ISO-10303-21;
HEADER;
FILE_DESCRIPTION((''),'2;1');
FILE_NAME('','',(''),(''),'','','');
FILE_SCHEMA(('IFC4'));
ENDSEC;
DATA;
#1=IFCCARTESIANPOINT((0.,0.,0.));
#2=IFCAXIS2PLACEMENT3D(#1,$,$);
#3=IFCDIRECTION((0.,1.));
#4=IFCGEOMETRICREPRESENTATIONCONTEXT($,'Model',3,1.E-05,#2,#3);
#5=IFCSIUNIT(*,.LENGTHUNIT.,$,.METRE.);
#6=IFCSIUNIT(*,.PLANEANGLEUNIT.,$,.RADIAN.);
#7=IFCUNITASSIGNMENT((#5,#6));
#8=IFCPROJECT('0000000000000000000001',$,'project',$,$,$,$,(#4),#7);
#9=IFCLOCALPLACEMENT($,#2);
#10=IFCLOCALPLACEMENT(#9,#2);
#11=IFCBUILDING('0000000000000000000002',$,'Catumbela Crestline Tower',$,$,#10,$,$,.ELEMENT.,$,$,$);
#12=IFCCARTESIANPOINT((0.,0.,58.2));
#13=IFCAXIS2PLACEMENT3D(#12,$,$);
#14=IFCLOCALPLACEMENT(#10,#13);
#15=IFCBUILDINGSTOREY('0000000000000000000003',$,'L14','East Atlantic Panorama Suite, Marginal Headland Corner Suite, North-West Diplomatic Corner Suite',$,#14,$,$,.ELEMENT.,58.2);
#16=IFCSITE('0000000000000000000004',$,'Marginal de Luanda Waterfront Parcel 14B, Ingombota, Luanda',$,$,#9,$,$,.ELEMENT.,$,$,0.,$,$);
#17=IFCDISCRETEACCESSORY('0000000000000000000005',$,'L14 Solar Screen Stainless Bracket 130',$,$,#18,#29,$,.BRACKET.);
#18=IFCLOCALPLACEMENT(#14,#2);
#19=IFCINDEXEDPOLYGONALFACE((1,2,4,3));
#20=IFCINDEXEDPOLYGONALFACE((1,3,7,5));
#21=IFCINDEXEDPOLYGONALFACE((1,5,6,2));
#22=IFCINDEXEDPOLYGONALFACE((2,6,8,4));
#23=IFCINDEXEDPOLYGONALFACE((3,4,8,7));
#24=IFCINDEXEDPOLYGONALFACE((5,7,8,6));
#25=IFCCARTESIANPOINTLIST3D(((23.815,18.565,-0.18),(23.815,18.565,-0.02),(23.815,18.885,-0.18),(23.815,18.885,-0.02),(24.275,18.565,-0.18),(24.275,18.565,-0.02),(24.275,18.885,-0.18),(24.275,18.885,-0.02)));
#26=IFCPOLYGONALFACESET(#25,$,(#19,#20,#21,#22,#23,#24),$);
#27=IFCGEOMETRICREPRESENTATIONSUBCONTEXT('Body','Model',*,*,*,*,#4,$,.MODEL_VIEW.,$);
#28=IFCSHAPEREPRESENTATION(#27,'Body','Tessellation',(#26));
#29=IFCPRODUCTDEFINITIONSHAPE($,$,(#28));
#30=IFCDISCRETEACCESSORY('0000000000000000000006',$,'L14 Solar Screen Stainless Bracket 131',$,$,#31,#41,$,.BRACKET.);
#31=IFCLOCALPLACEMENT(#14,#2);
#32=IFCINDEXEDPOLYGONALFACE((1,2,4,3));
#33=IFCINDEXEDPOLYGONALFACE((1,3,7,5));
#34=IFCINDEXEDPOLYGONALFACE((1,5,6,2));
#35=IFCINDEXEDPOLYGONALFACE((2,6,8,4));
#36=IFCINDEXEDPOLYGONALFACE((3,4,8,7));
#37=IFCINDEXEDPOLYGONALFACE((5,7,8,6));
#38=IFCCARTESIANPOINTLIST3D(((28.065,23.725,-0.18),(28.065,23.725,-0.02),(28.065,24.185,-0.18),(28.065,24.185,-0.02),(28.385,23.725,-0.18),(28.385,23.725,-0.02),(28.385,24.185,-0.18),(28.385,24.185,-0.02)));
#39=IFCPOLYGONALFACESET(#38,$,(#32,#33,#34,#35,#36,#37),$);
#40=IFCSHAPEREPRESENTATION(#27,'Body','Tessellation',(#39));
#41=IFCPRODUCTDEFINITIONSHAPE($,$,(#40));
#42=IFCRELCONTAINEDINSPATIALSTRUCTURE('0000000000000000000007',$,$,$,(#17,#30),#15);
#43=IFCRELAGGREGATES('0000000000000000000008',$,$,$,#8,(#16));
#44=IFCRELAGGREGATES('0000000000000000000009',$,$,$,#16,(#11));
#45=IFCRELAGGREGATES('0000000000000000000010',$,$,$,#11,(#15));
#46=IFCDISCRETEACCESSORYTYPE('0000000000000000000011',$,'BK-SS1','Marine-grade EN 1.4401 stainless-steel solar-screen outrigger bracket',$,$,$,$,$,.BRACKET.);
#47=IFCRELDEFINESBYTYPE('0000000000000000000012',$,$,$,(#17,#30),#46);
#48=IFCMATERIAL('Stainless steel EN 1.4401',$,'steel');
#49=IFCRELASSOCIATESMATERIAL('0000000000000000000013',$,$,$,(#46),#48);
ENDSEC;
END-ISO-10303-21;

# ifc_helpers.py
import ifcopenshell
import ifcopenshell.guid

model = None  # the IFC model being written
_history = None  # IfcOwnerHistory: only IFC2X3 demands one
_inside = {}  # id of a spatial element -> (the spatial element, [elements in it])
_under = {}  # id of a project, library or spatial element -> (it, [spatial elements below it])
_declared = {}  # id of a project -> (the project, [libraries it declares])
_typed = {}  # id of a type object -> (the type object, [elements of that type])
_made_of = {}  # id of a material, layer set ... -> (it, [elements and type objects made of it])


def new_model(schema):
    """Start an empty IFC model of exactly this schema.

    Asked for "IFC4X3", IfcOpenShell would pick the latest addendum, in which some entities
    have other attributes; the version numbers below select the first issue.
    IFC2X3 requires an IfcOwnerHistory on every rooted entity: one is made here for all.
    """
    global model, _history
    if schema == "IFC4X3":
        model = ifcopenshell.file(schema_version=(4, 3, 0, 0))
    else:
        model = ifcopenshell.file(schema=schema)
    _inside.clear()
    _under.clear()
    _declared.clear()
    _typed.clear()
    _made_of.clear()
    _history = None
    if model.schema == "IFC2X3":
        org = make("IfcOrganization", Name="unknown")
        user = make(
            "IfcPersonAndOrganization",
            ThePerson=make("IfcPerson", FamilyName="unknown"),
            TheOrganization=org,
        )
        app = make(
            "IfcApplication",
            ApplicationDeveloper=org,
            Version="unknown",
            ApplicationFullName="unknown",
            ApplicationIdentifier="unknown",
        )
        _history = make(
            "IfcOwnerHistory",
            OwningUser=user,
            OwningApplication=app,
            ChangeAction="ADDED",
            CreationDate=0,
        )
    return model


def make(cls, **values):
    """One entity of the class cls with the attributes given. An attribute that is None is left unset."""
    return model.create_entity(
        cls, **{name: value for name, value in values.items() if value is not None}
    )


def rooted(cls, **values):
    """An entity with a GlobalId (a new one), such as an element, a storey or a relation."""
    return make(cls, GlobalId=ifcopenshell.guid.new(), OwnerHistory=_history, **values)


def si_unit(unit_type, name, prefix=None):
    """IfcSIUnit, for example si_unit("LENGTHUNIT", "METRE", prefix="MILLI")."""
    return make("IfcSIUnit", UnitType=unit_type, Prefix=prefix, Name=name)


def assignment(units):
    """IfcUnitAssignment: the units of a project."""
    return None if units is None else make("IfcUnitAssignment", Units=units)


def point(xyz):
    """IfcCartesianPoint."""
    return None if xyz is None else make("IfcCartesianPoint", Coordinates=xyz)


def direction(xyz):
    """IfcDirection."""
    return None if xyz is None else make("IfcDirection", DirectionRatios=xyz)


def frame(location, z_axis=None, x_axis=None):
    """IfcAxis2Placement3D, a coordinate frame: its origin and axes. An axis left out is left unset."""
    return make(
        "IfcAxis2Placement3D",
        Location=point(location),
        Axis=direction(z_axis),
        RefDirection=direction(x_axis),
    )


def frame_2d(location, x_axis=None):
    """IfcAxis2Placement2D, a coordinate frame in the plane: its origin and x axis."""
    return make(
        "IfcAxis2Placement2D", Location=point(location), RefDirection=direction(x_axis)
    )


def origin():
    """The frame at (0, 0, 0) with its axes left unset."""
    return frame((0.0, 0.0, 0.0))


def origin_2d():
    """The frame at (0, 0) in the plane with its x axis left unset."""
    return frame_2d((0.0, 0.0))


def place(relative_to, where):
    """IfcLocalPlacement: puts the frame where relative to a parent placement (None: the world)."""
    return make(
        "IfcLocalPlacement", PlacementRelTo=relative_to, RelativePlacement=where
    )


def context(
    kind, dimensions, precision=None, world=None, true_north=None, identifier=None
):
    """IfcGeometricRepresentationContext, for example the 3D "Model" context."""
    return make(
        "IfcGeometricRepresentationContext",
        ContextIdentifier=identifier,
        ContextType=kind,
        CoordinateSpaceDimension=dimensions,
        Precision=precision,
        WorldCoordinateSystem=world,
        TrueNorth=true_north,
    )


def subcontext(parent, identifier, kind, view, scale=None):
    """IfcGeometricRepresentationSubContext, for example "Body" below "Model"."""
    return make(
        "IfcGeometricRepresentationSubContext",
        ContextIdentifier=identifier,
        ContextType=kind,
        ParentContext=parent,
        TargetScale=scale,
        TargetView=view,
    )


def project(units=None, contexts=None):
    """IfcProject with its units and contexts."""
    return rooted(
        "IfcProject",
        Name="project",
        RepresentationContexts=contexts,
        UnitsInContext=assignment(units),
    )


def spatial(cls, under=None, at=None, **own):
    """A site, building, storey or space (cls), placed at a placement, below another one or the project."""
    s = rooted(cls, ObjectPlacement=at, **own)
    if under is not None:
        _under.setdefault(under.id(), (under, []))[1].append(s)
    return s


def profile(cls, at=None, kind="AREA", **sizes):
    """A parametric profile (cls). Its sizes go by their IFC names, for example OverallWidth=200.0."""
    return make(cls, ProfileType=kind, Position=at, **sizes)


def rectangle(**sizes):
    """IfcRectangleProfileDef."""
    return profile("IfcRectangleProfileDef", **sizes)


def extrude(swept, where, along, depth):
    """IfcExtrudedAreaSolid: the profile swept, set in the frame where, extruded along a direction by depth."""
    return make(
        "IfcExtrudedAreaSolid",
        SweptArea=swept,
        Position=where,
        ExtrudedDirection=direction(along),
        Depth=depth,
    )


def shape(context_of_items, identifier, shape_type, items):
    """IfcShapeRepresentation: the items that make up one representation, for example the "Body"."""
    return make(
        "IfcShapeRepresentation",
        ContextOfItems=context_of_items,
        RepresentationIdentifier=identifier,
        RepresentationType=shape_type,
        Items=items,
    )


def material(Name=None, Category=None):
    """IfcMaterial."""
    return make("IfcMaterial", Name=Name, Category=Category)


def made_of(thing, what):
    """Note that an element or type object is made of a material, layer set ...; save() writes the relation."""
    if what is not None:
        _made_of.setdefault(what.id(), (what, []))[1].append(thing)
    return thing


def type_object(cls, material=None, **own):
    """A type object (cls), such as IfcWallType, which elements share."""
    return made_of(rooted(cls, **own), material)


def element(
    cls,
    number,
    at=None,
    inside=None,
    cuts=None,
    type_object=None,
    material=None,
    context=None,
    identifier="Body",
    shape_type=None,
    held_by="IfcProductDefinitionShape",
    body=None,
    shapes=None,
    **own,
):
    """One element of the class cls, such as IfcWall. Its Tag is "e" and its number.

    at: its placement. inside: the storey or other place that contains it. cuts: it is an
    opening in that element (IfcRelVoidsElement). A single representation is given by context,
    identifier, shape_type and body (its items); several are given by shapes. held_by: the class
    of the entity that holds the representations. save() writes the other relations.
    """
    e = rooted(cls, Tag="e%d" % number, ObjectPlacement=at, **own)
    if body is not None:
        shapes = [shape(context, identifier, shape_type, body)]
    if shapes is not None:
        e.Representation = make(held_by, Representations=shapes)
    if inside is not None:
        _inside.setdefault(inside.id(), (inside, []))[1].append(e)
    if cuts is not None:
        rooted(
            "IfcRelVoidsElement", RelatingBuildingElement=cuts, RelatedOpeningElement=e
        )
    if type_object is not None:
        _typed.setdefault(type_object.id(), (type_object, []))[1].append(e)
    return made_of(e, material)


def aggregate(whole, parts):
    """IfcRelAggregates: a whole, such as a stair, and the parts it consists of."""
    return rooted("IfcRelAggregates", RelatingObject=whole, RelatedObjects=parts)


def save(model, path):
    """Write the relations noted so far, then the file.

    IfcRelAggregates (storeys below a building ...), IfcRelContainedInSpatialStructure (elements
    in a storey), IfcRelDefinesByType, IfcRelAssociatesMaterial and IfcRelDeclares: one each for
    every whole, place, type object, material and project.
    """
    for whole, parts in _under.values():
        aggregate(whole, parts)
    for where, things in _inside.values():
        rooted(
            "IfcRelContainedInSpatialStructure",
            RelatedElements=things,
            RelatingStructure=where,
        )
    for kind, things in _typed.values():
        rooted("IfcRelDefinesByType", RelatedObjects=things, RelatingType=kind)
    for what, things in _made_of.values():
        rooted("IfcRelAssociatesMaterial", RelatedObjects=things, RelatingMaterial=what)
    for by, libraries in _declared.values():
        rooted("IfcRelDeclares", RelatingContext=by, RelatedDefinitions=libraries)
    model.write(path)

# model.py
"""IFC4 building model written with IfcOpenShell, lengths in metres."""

from ifc_helpers import new_model, si_unit, direction, frame, origin, origin_2d, place, context, subcontext, project, spatial, rectangle, extrude, material, type_object, element, save


model = new_model("IFC4")

# Units and contexts
model_context = context("Model", 3, precision=1e-05, world=origin(), true_north=direction((0.0, 1.0)))
body_context = subcontext(model_context, "Body", "Model", "MODEL_VIEW")
ifc_project = project(units=[si_unit("LENGTHUNIT", "METRE"), si_unit("PLANEANGLEUNIT", "RADIAN")], contexts=[model_context])

# Site, building, storey
site_placement = place(None, origin())
site = spatial("IfcSite", under=ifc_project, at=site_placement, Name="Marginal de Luanda Waterfront Parcel 14B, Ingombota, Luanda", CompositionType="ELEMENT", RefElevation=0.0)
building_placement = place(site_placement, origin())
building = spatial("IfcBuilding", under=site, at=building_placement, Name="Catumbela Crestline Tower", CompositionType="ELEMENT")
storey_placement = place(building_placement, frame((0.0, 0.0, 58.2)))
storey = spatial("IfcBuildingStorey", under=building, at=storey_placement, Name="L14", Description="East Atlantic Panorama Suite, Marginal Headland Corner Suite, North-West Diplomatic Corner Suite", CompositionType="ELEMENT", Elevation=58.2)

# Shared definitions
ifc_material_1 = material(Name="Stainless steel EN 1.4401", Category="steel")

# Discrete accessories
discrete_accessory_type = type_object("IfcDiscreteAccessoryType", Name="BK-SS1", Description="Marine-grade EN 1.4401 stainless-steel solar-screen outrigger bracket", PredefinedType="BRACKET", material=ifc_material_1)
for number, where, z_axis, x_axis, name in (
    (1, (24.045, 18.725, -0.18), (0.0, 0.0, 1.0), (0.0, 1.0, 0.0), "L14 Solar Screen Stainless Bracket 130"),
    (2, (28.225, 23.955, -0.18), (0.0, 0.0, 1.0), (1.0, 0.0, 0.0), "L14 Solar Screen Stainless Bracket 131"),
):
    element("IfcDiscreteAccessory", number, at=place(storey_placement, frame(where, z_axis=z_axis, x_axis=x_axis)), inside=storey, type_object=discrete_accessory_type, Name=name, PredefinedType="BRACKET", context=body_context, shape_type="SweptSolid", body=[
        extrude(rectangle(XDim=0.32, YDim=0.46, at=origin_2d()), origin(), (0.0, 0.0, 1.0), 0.16),
    ])

save(model, "model.ifc")
